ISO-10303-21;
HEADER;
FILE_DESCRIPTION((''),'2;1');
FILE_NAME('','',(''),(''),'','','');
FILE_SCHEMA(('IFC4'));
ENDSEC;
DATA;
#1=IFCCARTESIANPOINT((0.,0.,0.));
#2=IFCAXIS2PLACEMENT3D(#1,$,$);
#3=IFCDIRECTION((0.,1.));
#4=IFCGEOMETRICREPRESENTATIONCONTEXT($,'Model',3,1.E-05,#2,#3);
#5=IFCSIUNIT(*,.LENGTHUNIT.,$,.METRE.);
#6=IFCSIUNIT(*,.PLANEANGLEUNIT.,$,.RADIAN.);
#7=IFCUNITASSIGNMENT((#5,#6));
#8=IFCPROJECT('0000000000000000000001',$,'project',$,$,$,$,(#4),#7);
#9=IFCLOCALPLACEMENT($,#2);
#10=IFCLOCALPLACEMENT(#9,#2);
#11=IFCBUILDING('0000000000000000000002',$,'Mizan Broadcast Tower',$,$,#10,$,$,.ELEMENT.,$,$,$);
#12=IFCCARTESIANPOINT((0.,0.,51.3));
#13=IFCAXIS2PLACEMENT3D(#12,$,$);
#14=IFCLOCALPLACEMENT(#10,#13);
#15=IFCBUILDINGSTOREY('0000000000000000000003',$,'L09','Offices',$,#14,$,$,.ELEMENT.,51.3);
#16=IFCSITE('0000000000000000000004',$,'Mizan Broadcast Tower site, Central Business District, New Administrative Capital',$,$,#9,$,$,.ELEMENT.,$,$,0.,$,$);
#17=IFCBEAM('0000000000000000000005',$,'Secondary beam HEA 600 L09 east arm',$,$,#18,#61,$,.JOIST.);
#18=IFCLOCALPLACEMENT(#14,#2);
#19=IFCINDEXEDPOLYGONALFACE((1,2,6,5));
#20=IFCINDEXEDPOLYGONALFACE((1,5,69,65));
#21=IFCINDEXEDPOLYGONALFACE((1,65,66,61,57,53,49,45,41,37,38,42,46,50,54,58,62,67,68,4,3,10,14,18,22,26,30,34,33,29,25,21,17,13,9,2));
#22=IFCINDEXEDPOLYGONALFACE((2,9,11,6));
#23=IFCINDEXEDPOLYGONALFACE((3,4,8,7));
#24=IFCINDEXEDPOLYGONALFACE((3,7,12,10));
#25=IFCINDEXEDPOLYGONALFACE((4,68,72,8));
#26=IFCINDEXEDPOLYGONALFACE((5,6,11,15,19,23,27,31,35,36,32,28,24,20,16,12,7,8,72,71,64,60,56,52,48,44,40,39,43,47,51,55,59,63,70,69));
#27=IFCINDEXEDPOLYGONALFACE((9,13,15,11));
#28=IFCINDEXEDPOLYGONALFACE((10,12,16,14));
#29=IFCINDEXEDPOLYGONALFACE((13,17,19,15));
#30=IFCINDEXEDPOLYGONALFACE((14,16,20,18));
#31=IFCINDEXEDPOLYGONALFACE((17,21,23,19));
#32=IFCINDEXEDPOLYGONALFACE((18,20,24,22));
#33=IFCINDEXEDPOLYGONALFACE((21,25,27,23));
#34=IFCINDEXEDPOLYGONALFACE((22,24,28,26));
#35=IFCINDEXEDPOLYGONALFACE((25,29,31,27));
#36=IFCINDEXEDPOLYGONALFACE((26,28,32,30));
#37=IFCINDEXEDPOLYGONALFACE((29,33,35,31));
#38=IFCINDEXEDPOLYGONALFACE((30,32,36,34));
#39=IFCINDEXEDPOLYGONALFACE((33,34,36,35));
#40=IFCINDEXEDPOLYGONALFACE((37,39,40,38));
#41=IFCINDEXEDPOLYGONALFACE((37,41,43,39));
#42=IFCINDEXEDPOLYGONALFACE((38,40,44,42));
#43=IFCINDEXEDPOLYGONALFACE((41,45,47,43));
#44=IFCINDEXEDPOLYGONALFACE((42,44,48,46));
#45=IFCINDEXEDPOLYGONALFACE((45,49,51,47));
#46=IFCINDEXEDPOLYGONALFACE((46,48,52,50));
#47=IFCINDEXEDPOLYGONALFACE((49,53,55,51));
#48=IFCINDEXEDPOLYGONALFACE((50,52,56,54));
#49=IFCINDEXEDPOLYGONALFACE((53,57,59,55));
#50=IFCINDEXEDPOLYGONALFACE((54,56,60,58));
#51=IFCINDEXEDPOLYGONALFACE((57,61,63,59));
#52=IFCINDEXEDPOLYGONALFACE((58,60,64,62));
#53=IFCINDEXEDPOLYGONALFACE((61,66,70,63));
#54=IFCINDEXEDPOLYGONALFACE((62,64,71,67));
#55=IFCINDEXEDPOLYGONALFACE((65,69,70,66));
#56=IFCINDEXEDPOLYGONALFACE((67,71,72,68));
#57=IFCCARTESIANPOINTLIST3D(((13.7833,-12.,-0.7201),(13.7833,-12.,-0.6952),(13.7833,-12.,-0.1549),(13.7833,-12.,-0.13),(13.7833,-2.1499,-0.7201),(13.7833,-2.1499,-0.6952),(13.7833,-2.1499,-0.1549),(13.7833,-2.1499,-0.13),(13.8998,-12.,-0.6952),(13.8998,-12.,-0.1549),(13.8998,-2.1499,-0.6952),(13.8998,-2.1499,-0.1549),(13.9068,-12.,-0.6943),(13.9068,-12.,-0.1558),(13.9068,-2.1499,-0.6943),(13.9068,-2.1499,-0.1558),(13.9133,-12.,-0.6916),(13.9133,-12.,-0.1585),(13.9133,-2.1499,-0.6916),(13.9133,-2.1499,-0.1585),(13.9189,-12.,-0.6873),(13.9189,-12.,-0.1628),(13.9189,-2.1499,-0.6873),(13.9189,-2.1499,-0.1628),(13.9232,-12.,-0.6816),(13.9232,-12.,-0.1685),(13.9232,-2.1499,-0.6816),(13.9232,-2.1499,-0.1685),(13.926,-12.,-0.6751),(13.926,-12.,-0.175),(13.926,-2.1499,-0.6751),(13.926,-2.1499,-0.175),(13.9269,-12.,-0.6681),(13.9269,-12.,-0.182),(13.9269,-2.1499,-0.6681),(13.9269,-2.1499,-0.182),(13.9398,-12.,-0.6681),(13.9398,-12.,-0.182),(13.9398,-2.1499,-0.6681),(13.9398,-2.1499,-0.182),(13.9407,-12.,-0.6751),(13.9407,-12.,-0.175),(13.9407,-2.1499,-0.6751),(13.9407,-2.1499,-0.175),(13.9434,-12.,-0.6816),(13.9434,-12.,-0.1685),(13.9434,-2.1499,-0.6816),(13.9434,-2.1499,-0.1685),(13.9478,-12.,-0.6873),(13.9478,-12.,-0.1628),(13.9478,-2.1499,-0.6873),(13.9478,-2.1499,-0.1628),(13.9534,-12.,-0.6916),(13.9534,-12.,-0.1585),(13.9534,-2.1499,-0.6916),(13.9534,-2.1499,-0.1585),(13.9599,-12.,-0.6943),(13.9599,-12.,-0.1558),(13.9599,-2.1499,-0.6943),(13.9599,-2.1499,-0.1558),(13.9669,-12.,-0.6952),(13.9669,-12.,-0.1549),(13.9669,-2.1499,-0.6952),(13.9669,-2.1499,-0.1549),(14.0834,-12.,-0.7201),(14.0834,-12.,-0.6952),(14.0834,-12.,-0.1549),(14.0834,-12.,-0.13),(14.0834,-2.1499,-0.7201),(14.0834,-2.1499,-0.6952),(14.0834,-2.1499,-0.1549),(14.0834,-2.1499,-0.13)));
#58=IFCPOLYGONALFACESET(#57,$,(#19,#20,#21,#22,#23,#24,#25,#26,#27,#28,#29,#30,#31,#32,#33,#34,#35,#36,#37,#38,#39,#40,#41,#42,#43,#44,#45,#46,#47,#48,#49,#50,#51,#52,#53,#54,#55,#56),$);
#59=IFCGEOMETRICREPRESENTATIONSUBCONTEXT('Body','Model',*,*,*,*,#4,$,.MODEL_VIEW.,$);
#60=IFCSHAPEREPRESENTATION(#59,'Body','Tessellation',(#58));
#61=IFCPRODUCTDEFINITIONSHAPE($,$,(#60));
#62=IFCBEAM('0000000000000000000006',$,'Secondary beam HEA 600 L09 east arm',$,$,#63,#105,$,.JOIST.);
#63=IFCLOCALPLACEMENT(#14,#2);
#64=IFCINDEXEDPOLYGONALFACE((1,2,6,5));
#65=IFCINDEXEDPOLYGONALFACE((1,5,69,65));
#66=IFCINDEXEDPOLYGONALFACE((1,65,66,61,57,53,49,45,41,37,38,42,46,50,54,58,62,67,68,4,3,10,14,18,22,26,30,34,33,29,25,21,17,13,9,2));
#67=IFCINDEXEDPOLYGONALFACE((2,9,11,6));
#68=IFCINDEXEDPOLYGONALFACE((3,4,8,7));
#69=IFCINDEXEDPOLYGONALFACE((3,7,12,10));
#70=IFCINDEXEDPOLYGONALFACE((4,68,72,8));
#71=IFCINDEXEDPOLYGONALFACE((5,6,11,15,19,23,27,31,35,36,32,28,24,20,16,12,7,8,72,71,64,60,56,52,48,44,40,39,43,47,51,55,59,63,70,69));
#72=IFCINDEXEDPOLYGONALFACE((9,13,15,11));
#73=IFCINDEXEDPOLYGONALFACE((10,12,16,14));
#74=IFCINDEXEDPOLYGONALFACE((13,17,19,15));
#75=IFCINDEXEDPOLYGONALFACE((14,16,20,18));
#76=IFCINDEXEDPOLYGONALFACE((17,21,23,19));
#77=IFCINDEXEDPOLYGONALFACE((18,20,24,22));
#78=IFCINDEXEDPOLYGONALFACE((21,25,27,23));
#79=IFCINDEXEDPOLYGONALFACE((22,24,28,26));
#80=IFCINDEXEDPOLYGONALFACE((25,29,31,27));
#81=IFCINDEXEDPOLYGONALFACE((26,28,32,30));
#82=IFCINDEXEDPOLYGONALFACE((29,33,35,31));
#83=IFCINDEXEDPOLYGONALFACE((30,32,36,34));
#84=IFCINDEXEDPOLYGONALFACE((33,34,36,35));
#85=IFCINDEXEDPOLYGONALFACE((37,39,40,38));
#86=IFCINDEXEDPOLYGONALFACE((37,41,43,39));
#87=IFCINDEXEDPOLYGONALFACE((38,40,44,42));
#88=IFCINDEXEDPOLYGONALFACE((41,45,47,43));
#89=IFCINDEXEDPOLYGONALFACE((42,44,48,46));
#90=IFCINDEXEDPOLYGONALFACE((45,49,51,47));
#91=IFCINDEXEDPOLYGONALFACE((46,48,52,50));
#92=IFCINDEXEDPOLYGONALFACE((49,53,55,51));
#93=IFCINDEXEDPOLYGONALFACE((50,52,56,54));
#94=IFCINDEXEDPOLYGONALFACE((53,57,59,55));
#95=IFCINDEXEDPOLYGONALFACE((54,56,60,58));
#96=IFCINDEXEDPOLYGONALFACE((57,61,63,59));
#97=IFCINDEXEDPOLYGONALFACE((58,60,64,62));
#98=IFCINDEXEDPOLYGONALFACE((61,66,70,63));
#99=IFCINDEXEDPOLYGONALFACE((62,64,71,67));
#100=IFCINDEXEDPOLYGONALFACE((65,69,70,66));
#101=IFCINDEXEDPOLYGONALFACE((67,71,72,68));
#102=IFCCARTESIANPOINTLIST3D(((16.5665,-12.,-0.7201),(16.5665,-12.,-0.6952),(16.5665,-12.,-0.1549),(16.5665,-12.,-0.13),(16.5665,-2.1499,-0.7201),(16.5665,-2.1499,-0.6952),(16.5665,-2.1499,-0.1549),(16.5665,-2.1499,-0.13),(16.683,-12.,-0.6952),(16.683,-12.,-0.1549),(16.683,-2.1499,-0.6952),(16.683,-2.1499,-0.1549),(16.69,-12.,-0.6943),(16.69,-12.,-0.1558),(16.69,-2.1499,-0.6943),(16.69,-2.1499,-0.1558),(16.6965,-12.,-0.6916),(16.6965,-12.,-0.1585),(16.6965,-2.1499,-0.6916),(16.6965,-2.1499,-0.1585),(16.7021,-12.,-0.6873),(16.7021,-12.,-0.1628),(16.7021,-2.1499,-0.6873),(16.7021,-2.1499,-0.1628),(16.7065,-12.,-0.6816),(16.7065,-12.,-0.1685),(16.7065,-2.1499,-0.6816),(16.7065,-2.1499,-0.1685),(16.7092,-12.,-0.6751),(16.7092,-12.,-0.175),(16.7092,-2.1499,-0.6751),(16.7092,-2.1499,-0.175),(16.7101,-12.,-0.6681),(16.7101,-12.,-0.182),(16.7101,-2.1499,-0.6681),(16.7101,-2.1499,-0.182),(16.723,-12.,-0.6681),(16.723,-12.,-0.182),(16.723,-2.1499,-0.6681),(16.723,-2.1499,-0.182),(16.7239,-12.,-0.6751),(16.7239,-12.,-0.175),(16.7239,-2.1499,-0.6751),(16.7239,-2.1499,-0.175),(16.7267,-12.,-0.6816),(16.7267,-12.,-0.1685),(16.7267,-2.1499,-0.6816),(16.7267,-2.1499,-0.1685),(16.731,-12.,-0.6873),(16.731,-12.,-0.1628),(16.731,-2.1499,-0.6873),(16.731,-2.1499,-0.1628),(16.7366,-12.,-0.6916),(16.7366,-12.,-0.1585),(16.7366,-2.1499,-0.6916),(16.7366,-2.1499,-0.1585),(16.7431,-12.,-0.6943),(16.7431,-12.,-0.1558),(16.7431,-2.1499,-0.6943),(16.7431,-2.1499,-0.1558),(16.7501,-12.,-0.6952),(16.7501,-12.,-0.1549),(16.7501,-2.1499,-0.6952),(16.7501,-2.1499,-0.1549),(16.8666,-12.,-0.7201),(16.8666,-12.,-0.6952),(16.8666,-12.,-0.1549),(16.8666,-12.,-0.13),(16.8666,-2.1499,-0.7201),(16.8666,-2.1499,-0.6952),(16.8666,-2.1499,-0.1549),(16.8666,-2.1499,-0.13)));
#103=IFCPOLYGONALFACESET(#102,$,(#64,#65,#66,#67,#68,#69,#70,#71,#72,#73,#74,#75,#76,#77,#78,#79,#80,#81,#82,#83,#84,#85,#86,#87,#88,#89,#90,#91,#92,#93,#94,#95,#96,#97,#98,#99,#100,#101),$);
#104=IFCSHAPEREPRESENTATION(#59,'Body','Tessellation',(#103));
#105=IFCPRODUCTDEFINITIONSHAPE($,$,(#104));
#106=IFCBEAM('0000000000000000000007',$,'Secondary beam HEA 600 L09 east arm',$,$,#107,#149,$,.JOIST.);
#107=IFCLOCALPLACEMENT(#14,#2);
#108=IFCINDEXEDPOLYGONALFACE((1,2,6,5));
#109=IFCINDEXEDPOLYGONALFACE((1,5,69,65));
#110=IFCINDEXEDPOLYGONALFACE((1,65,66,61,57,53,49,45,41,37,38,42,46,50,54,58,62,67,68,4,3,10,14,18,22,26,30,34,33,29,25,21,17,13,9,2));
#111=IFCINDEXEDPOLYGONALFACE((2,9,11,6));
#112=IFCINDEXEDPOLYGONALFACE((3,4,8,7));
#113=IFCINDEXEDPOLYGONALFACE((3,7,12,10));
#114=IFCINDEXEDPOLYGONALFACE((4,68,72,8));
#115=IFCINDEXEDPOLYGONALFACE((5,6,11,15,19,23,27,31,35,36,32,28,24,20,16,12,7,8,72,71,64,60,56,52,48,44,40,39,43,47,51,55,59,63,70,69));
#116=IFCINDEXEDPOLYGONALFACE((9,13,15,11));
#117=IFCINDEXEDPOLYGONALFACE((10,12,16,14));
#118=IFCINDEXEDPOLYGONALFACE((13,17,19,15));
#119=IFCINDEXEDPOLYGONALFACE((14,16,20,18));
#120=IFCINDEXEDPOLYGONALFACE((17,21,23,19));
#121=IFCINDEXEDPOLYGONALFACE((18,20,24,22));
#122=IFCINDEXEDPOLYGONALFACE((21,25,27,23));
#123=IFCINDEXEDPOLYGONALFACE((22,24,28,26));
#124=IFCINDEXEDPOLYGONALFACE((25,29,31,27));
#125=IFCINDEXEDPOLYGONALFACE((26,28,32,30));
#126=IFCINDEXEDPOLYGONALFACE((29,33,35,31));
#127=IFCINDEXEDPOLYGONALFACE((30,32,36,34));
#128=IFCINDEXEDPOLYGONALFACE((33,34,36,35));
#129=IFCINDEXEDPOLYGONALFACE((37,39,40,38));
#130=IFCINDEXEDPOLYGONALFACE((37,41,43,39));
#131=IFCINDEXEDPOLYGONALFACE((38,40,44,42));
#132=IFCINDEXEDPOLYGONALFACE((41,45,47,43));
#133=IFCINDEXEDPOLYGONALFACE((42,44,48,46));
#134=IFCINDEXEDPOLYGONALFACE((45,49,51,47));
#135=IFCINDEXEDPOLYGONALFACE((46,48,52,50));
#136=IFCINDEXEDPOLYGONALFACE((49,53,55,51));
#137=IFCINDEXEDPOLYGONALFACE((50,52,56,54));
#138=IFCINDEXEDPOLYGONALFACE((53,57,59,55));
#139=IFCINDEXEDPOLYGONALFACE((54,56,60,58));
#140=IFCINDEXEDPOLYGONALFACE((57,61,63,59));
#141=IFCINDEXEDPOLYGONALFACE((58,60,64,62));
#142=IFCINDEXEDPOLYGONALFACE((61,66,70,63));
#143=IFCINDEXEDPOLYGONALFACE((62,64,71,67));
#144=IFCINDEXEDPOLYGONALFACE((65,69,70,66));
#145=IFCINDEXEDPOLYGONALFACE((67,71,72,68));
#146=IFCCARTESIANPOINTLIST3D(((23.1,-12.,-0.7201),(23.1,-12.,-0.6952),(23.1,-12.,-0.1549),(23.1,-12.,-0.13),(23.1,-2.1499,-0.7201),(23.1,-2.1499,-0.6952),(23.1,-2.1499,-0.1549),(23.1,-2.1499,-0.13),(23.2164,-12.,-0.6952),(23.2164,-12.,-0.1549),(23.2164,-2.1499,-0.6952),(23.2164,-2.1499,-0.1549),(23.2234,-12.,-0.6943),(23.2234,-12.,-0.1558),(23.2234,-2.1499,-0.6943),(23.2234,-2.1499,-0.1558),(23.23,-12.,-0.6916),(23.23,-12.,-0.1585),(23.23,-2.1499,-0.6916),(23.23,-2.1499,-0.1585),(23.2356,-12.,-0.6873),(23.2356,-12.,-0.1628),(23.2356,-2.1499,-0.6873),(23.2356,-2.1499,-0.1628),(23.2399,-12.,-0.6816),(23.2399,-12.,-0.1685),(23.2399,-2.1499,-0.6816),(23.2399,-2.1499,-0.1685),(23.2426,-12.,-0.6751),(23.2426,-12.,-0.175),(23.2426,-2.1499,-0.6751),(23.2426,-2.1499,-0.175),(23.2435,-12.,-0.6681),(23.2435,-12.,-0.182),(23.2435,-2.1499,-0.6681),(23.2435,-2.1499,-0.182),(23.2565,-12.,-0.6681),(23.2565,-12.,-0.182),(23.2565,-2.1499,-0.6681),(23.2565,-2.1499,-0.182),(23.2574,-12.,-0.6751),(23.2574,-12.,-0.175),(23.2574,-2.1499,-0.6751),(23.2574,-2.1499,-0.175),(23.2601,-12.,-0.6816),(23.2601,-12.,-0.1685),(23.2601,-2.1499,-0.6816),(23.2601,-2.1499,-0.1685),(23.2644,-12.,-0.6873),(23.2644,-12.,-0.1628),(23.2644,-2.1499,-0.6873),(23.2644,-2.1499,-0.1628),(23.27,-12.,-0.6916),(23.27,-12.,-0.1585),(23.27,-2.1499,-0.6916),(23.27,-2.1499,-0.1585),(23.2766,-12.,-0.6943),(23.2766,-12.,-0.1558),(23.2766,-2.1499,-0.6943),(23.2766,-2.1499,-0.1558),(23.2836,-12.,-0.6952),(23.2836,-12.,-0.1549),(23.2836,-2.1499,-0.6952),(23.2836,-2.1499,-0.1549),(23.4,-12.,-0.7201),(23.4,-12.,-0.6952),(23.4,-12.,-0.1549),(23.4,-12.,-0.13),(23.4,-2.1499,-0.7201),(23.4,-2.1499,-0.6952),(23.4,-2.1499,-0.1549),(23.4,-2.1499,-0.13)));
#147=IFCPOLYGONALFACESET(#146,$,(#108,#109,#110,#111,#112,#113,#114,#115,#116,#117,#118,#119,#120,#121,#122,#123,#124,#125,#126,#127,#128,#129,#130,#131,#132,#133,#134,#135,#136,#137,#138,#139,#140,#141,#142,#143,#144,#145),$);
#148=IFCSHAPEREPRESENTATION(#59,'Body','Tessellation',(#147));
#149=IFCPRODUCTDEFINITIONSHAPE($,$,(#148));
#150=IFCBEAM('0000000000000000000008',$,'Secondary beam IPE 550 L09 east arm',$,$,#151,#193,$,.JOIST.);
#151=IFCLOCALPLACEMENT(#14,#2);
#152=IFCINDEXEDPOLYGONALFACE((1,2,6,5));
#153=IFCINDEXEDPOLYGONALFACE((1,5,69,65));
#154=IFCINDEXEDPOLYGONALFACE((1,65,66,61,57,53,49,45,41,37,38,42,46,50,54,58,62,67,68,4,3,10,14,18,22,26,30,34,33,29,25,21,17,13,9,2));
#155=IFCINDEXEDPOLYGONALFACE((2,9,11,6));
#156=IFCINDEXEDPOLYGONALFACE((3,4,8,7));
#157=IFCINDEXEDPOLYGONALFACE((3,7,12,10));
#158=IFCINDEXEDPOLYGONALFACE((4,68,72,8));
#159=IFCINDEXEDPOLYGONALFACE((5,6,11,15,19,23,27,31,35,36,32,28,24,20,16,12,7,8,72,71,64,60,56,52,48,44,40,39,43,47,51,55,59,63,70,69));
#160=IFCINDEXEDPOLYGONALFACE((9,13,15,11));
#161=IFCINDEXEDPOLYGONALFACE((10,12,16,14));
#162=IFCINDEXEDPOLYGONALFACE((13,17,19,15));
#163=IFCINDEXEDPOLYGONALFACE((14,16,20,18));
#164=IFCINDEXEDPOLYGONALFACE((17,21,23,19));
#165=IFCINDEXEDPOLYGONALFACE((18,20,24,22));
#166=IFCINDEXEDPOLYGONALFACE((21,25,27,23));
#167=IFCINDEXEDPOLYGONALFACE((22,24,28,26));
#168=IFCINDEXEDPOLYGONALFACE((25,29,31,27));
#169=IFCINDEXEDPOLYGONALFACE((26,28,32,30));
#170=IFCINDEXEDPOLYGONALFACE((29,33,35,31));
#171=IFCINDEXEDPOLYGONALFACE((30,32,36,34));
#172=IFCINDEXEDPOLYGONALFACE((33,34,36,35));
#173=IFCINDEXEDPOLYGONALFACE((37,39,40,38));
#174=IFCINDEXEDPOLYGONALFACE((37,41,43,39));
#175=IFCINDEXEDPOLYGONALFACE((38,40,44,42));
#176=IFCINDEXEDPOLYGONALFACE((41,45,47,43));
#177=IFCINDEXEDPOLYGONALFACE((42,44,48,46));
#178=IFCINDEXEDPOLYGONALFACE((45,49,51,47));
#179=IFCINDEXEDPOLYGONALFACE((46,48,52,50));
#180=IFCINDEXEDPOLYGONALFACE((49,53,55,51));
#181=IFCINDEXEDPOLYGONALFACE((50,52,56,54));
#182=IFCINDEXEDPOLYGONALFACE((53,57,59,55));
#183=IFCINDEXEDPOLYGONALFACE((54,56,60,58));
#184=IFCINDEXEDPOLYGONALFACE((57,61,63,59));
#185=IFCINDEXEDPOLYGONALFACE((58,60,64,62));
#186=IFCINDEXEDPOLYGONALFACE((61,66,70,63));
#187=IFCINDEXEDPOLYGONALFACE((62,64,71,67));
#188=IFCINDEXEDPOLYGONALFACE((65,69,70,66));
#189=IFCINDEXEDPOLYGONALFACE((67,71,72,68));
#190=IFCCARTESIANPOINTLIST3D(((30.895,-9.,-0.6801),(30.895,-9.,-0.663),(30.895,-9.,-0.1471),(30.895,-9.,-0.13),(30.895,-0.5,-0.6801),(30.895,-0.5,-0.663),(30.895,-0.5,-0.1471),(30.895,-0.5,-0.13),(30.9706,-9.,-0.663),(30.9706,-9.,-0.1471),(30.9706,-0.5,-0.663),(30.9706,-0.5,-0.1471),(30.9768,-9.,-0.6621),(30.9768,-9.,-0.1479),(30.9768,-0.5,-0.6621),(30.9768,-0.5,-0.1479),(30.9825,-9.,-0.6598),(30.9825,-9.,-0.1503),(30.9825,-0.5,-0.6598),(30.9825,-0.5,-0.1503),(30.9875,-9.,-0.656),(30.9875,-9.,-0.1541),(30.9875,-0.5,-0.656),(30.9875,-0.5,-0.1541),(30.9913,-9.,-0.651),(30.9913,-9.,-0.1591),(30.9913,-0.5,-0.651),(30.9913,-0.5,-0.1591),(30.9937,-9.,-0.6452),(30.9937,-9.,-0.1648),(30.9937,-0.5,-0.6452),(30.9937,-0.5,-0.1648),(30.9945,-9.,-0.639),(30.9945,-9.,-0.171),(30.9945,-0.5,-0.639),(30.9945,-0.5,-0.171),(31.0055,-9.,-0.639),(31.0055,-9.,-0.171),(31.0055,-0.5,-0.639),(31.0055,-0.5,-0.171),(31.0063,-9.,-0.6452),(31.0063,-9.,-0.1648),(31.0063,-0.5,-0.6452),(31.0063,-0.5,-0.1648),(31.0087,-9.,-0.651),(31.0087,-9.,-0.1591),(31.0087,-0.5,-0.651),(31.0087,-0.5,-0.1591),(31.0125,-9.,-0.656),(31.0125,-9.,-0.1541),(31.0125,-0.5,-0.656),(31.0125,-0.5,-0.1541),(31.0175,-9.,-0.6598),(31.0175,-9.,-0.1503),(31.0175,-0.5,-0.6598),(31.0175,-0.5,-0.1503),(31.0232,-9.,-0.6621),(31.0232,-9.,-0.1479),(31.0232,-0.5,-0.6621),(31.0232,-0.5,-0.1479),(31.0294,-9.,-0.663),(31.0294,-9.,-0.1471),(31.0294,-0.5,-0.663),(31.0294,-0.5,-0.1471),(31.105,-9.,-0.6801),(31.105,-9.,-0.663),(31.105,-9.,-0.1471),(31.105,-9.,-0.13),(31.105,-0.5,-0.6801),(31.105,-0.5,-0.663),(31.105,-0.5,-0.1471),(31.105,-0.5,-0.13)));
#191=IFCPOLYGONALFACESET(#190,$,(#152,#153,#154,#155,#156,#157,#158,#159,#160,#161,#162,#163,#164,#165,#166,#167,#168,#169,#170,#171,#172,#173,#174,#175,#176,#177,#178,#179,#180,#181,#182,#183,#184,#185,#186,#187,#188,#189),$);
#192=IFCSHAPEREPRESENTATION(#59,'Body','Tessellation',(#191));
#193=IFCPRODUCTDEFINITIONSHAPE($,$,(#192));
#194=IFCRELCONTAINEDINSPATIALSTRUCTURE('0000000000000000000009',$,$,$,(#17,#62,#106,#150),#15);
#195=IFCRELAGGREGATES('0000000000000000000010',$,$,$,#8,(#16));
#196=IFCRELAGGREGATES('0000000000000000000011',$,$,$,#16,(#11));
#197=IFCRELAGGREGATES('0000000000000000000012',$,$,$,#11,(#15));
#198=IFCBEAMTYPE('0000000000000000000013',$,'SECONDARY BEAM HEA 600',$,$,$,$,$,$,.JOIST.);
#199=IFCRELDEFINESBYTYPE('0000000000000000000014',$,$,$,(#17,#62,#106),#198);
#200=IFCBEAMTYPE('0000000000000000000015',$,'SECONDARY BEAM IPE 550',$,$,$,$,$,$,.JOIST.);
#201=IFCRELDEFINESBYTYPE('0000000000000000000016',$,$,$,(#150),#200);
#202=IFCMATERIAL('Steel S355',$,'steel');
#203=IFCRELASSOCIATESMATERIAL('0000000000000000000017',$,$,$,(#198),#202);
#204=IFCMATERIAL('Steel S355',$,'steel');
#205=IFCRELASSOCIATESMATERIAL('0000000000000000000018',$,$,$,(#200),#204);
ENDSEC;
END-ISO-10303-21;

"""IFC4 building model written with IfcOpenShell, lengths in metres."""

from ifc_helpers import new_model, si_unit, direction, frame, origin, origin_2d, place, context, subcontext, project, spatial, i_section, extrude, material, material_profile, profile_set, type_object, element, save


model = new_model("IFC4")

# Units and contexts
model_context = context("Model", 3, precision=1e-05, world=origin(), true_north=direction((0.0, 1.0)))
body_context = subcontext(model_context, "Body", "Model", "MODEL_VIEW")
ifc_project = project(units=[si_unit("LENGTHUNIT", "METRE"), si_unit("PLANEANGLEUNIT", "RADIAN")], contexts=[model_context])

# Site, building, storey
site_placement = place(None, origin())
site = spatial("IfcSite", under=ifc_project, at=site_placement, Name="Mizan Broadcast Tower site, Central Business District, New Administrative Capital", CompositionType="ELEMENT", RefElevation=0.0)
building_placement = place(site_placement, origin())
building = spatial("IfcBuilding", under=site, at=building_placement, Name="Mizan Broadcast Tower", CompositionType="ELEMENT")
storey_placement = place(building_placement, frame((0.0, 0.0, 51.3)))
storey = spatial("IfcBuildingStorey", under=building, at=storey_placement, Name="L09", Description="Offices", CompositionType="ELEMENT", Elevation=51.3)

# Beams
ifc_material_1 = material(Name="Steel S355", Category="steel")
ifc_material_profile_1 = material_profile(ifc_material_1, i_section(OverallWidth=0.3, OverallDepth=0.5901, WebThickness=0.0129, FlangeThickness=0.0249, FilletRadius=0.0271, at=origin_2d()), Name="HEA 600")
ifc_profile_set_1 = profile_set([ifc_material_profile_1], Name="Steel S355")
beam_type_1 = type_object("IfcBeamType", Name="SECONDARY BEAM HEA 600", PredefinedType="JOIST", material=ifc_profile_set_1)
for number, where, z_axis, x_axis, name in (
    (1, (13.9333, -12.0, -0.425), (0.0, 1.0, 0.0), (-1.0, 0.0, 0.0), "Secondary beam HEA 600 L09 east arm"),
    (2, (16.7166, -12.0, -0.425), (0.0, 1.0, 0.0), (-1.0, 0.0, 0.0), "Secondary beam HEA 600 L09 east arm"),
    (3, (23.25, -12.0, -0.425), (0.0, 1.0, 0.0), (-1.0, 0.0, 0.0), "Secondary beam HEA 600 L09 east arm"),
):
    element("IfcBeam", number, at=place(storey_placement, frame(where, z_axis=z_axis, x_axis=x_axis)), inside=storey, type_object=beam_type_1, Name=name, PredefinedType="JOIST", context=body_context, shape_type="SweptSolid", body=[
        extrude(i_section(OverallWidth=0.3, OverallDepth=0.5901, WebThickness=0.0129, FlangeThickness=0.0249, FilletRadius=0.0271, at=origin_2d()), origin(), (0.0, 0.0, 1.0), 9.8501),
    ])
ifc_material_2 = material(Name="Steel S355", Category="steel")
ifc_material_profile_2 = material_profile(ifc_material_2, i_section(OverallWidth=0.21, OverallDepth=0.55, WebThickness=0.011, FlangeThickness=0.0171, FilletRadius=0.0239, at=origin_2d()), Name="IPE 550")
ifc_profile_set_2 = profile_set([ifc_material_profile_2], Name="Steel S355")
beam_type_2 = type_object("IfcBeamType", Name="SECONDARY BEAM IPE 550", PredefinedType="JOIST", material=ifc_profile_set_2)
beam_1_placement = place(storey_placement, frame((31.0, -9.0, -0.405), z_axis=(0.0, 1.0, 0.0), x_axis=(-1.0, 0.0, 0.0)))
element("IfcBeam", 4, at=beam_1_placement, inside=storey, type_object=beam_type_2, Name="Secondary beam IPE 550 L09 east arm", PredefinedType="JOIST", context=body_context, shape_type="SweptSolid", body=[
    extrude(i_section(OverallWidth=0.21, OverallDepth=0.55, WebThickness=0.011, FlangeThickness=0.0171, FilletRadius=0.0239, at=origin_2d()), origin(), (0.0, 0.0, 1.0), 8.5),
])

save(model, "model.ifc")
